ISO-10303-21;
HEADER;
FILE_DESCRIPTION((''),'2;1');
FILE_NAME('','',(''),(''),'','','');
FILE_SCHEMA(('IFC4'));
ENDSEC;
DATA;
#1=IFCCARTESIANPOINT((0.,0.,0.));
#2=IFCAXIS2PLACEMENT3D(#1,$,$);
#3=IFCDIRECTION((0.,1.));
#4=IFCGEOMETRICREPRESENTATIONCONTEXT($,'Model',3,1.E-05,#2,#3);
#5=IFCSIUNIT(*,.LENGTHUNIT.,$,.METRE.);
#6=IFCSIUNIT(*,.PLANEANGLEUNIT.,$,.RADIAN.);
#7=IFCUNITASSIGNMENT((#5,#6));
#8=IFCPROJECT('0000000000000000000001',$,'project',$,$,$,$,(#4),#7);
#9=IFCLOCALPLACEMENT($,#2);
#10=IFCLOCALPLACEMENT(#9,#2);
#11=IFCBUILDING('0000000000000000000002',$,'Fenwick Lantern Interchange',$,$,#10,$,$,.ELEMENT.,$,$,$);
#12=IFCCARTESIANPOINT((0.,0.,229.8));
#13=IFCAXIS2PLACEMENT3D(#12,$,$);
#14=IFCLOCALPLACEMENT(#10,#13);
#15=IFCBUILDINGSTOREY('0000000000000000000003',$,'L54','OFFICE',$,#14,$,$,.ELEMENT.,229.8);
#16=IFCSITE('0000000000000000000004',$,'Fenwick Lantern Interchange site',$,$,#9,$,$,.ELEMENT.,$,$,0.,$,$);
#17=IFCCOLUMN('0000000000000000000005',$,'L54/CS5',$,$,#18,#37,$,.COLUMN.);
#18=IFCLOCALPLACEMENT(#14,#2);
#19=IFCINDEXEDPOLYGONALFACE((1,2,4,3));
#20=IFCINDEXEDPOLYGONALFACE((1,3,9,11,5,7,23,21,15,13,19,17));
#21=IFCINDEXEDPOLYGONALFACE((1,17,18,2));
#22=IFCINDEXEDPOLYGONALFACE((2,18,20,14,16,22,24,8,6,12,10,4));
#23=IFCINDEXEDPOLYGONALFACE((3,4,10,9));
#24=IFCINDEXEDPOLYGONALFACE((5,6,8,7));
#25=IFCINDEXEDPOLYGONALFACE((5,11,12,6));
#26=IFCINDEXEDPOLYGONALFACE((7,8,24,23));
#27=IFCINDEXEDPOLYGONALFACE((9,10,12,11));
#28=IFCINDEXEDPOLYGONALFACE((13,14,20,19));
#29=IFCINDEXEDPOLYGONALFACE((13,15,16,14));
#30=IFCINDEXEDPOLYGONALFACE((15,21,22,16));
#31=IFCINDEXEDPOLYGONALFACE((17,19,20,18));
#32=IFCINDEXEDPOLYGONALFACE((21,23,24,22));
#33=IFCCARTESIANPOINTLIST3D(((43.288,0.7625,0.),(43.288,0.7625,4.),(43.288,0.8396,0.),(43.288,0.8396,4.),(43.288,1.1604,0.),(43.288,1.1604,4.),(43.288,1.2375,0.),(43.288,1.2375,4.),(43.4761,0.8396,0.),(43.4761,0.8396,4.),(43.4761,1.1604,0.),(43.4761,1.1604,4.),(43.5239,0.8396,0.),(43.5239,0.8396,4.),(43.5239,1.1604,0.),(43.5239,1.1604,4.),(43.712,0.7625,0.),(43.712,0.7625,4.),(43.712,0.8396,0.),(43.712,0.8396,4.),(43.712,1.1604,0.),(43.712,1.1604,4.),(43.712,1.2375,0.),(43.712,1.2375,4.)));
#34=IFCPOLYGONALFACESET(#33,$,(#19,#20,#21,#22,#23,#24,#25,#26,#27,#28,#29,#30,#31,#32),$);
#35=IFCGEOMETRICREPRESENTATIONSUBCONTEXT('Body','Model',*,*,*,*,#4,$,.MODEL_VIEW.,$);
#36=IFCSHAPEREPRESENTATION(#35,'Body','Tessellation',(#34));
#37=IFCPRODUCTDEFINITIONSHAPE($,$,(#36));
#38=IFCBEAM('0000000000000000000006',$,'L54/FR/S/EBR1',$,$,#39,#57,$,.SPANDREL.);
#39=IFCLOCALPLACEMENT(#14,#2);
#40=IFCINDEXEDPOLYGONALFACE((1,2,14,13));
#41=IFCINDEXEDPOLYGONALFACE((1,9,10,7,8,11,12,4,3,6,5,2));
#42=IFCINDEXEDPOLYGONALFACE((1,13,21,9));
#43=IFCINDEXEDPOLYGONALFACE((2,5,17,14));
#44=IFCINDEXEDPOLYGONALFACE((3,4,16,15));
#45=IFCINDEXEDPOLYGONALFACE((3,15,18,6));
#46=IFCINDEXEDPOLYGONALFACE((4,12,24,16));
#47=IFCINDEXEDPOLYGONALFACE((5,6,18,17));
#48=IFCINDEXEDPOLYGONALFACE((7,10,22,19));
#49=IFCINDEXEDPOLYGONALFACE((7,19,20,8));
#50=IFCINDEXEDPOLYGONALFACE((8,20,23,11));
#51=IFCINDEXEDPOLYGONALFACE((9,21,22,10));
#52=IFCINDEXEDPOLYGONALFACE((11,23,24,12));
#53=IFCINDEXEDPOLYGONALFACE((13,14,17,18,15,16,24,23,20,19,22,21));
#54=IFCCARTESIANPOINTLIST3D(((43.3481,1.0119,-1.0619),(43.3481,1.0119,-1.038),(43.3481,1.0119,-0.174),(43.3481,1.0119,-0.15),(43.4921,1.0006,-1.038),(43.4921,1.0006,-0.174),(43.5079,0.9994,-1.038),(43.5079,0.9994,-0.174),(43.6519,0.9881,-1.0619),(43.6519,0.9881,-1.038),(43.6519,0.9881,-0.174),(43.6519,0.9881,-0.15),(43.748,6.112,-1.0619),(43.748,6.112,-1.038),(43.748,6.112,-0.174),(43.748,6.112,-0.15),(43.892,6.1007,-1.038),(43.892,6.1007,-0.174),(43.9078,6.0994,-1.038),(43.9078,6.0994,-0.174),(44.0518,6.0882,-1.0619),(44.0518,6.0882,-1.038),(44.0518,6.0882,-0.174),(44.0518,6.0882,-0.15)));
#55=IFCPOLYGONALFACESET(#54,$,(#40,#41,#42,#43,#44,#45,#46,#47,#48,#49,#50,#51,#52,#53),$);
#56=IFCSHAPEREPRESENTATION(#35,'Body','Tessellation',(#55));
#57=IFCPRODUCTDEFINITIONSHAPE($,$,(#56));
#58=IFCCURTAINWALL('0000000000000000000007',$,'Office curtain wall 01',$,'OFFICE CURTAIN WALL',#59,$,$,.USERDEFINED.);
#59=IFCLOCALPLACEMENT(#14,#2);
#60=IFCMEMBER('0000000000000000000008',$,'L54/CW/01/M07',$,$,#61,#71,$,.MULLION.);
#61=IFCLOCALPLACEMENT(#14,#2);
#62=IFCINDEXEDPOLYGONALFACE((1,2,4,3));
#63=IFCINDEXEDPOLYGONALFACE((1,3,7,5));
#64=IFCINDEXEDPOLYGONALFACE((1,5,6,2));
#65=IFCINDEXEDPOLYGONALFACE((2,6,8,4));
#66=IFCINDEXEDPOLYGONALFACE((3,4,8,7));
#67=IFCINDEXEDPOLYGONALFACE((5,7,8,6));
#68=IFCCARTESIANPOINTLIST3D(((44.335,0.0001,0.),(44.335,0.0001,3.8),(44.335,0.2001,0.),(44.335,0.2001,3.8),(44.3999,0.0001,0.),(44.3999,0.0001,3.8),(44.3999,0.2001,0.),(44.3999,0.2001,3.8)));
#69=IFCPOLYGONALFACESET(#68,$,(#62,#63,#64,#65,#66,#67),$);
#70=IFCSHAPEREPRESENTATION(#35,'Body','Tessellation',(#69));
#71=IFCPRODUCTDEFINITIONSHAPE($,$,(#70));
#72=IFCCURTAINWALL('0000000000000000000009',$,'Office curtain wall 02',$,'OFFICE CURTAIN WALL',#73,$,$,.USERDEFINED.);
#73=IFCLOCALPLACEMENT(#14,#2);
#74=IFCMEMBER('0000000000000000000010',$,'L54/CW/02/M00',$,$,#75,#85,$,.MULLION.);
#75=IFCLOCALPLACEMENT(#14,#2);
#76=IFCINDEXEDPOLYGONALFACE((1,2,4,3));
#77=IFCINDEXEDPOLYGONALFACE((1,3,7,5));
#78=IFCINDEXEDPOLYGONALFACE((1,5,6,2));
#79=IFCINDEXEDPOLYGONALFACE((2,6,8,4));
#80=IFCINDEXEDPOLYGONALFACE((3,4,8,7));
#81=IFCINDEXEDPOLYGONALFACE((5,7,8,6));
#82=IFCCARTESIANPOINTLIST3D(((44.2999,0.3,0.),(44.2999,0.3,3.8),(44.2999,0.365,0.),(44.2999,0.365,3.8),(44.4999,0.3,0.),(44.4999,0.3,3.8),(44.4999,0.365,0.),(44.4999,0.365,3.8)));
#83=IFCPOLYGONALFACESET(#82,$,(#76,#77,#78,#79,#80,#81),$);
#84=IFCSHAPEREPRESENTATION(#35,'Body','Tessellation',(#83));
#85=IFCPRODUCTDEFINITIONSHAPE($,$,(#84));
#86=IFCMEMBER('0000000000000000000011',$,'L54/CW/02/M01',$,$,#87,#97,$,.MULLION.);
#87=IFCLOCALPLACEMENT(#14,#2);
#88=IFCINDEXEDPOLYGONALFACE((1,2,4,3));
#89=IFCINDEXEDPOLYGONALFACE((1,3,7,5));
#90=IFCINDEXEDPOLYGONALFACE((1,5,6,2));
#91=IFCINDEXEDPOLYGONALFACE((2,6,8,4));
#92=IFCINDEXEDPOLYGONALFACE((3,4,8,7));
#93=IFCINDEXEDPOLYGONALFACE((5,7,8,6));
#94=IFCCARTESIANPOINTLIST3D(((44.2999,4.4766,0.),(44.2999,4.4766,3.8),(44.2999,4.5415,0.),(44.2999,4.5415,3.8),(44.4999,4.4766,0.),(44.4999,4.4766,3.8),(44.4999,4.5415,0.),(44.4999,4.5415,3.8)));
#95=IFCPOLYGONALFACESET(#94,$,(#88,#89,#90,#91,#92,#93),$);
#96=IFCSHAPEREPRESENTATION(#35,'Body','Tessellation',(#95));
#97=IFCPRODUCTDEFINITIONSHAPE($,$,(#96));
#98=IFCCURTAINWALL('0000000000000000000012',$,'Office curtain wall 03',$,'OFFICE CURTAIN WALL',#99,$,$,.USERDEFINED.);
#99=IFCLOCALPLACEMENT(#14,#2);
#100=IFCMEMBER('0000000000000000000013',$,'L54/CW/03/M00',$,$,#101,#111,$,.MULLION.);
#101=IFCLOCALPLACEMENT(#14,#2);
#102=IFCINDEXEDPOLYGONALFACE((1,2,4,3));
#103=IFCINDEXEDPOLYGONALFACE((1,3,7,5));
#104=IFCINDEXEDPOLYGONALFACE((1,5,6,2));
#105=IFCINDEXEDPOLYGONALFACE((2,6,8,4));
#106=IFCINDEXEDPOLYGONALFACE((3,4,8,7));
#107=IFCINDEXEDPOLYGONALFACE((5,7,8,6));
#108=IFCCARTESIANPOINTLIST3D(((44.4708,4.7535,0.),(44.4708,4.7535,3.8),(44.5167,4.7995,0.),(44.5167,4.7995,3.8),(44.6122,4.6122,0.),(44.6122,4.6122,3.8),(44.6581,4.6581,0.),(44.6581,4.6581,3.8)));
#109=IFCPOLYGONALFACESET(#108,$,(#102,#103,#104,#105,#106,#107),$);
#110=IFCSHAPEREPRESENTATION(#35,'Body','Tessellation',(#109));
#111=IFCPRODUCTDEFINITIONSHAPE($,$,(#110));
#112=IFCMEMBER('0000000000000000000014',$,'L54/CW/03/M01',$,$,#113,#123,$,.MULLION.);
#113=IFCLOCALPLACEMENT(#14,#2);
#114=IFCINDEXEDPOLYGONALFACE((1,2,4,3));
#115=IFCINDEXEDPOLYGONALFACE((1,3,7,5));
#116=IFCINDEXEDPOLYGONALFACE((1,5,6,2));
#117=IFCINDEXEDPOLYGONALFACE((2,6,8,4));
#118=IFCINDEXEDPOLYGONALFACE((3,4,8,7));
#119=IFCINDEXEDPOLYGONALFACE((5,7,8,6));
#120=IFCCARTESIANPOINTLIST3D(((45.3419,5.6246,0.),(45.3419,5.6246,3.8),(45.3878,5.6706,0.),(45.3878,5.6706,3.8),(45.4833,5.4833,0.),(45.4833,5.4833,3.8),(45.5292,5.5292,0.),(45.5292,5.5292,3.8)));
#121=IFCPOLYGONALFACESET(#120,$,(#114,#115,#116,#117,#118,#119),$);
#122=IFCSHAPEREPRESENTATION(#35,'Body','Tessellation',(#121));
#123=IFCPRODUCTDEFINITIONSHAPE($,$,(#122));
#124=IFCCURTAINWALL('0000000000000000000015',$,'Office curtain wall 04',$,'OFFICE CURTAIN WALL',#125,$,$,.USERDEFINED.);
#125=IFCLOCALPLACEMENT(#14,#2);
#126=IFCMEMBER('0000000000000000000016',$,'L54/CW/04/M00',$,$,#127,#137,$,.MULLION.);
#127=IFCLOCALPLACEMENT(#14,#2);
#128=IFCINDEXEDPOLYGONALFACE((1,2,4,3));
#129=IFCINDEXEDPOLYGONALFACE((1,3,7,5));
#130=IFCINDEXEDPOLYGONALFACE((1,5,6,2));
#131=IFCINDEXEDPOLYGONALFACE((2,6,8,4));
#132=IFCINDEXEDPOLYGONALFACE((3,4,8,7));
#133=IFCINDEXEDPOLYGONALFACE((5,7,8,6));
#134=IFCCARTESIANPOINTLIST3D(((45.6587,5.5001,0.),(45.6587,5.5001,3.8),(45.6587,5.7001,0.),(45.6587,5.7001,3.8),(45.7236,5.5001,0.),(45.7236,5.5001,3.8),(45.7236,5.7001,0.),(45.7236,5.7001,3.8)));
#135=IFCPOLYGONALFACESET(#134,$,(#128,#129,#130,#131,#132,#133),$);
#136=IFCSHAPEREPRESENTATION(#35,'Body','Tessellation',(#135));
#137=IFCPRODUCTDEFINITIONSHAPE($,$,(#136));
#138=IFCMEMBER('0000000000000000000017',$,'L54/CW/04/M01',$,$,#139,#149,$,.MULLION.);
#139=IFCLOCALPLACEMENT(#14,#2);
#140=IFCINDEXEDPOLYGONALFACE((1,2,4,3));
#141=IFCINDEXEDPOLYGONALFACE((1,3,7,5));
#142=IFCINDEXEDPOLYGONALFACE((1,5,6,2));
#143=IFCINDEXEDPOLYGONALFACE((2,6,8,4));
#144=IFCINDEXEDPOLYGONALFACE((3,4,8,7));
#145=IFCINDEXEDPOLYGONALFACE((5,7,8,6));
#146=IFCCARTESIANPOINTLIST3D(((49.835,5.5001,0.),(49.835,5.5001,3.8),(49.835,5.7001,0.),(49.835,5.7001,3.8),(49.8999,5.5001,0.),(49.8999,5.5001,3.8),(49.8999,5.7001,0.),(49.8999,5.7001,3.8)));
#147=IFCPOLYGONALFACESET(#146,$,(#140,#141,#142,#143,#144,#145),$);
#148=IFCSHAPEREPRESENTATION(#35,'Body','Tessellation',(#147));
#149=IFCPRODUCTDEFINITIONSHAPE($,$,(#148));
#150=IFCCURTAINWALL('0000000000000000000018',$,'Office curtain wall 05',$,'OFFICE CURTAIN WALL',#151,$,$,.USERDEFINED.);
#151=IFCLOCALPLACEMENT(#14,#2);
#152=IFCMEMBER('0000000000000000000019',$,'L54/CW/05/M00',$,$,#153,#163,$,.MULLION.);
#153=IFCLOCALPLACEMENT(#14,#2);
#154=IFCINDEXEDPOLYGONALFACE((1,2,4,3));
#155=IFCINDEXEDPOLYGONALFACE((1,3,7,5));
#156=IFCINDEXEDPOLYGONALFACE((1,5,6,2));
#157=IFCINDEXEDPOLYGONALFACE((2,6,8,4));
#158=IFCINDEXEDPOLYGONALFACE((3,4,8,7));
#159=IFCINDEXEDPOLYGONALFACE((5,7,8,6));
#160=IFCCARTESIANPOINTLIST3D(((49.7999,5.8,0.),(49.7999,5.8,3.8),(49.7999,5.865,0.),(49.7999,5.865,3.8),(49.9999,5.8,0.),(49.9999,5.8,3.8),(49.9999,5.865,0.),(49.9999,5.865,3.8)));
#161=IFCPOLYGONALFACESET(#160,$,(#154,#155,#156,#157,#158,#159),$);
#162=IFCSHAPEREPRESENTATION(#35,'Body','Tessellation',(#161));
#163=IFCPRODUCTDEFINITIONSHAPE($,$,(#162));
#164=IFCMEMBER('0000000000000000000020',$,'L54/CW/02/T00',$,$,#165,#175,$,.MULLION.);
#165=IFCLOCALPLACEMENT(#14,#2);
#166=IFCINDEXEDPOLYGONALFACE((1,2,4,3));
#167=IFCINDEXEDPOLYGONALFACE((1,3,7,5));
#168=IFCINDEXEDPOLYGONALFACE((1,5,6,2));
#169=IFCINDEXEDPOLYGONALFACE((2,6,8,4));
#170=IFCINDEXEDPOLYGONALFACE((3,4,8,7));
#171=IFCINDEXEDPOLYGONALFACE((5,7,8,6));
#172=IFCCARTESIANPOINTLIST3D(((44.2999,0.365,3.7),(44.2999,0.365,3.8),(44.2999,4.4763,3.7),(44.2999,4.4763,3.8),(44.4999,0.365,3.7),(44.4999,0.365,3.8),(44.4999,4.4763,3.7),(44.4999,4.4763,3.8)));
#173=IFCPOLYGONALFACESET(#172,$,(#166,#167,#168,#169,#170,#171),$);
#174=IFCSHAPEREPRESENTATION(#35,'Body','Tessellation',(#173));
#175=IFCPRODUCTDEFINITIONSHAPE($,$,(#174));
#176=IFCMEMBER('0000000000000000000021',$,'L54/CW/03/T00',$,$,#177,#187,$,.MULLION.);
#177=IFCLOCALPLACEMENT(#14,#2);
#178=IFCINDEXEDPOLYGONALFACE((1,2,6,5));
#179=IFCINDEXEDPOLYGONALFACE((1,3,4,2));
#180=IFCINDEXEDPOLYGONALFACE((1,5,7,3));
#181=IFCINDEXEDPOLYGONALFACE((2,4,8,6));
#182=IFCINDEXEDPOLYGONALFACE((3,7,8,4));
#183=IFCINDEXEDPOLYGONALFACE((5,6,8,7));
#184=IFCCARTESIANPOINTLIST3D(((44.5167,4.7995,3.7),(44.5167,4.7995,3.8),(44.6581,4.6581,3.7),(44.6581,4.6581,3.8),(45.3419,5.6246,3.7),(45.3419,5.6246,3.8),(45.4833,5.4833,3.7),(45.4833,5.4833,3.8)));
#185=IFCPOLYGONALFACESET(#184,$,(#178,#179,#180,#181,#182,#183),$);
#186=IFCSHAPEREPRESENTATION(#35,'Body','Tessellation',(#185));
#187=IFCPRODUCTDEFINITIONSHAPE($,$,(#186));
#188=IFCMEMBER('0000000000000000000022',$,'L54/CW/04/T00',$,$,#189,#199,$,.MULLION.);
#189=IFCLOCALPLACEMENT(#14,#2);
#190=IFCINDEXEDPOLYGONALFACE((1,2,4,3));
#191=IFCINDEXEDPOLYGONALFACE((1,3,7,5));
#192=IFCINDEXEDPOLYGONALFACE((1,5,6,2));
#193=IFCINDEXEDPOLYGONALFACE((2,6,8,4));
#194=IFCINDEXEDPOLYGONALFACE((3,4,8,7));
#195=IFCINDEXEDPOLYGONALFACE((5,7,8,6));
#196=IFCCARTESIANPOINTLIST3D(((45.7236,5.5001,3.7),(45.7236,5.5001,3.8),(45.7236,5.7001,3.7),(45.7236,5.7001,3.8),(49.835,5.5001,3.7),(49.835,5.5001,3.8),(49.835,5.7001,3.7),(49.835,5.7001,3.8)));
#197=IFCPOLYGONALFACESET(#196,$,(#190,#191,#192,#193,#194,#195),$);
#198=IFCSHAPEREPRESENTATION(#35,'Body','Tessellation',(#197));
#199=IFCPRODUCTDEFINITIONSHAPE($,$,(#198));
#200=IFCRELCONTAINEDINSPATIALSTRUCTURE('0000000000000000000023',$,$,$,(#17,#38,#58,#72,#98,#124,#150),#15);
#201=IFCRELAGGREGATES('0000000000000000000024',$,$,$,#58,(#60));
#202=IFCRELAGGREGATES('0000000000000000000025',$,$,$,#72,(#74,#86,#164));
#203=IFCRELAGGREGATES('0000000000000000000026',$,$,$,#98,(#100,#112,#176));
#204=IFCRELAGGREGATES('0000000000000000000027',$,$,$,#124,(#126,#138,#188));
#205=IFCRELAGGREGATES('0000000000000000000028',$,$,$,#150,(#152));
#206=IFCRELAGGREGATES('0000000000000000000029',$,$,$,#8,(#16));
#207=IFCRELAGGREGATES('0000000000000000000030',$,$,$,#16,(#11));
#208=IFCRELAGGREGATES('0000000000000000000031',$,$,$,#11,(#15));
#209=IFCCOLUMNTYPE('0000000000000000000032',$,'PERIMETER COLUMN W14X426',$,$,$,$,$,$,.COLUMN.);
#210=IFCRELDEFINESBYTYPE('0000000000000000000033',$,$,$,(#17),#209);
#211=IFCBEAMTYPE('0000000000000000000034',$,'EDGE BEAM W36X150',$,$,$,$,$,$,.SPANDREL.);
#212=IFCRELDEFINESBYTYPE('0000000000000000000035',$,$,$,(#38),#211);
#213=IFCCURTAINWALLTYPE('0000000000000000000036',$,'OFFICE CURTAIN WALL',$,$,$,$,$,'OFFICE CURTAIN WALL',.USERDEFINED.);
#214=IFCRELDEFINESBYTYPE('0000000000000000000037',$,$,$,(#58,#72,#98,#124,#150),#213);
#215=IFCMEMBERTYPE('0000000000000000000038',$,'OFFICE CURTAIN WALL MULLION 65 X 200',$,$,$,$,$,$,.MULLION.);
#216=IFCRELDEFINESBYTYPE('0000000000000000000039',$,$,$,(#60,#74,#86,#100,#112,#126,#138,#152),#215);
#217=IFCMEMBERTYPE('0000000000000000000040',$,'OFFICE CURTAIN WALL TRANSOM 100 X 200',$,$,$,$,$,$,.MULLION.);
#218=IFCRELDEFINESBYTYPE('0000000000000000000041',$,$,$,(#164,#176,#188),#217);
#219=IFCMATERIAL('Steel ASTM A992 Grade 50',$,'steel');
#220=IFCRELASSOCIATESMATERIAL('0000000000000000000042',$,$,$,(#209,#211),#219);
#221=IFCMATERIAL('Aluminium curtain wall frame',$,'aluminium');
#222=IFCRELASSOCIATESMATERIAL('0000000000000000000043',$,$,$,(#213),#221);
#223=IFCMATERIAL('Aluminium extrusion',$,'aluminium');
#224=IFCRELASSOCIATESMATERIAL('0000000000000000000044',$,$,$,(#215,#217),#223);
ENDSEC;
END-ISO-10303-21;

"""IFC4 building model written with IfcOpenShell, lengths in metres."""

from ifc_helpers import new_model, si_unit, direction, frame, origin, origin_2d, place, context, subcontext, project, spatial, rectangle, i_section, extrude, material, material_profile, profile_set, type_object, element, aggregate, save


model = new_model("IFC4")

# Units and contexts
model_context = context("Model", 3, precision=1e-05, world=origin(), true_north=direction((0.0, 1.0)))
body_context = subcontext(model_context, "Body", "Model", "MODEL_VIEW")
ifc_project = project(units=[si_unit("LENGTHUNIT", "METRE"), si_unit("PLANEANGLEUNIT", "RADIAN")], contexts=[model_context])

# Site, building, storey
site_placement = place(None, origin())
site = spatial("IfcSite", under=ifc_project, at=site_placement, Name="Fenwick Lantern Interchange site", CompositionType="ELEMENT", RefElevation=0.0)
building_placement = place(site_placement, origin())
building = spatial("IfcBuilding", under=site, at=building_placement, Name="Fenwick Lantern Interchange", CompositionType="ELEMENT")
storey_placement = place(building_placement, frame((0.0, 0.0, 229.8)))
storey = spatial("IfcBuildingStorey", under=building, at=storey_placement, Name="L54", Description="OFFICE", CompositionType="ELEMENT", Elevation=229.8)

# Column
ifc_material_1 = material(Name="Steel ASTM A992 Grade 50", Category="steel")
ifc_material_profile_1 = material_profile(ifc_material_1, i_section(OverallWidth=0.4241, OverallDepth=0.4751, WebThickness=0.0479, FlangeThickness=0.0771, at=origin_2d()), Name="W14X426")
ifc_profile_set_1 = profile_set([ifc_material_profile_1], Name="Steel ASTM A992 Grade 50")
column_type = type_object("IfcColumnType", Name="PERIMETER COLUMN W14X426", PredefinedType="COLUMN", material=ifc_profile_set_1)
column_placement = place(storey_placement, frame((43.5, 1.0, 0.0), z_axis=(0.0, 0.0, 1.0), x_axis=(1.0, 0.0, 0.0)))
element("IfcColumn", 1, at=column_placement, inside=storey, type_object=column_type, Name="L54/CS5", PredefinedType="COLUMN", context=body_context, shape_type="SweptSolid", body=[
    extrude(i_section(OverallWidth=0.4241, OverallDepth=0.4751, WebThickness=0.0479, FlangeThickness=0.0771, at=origin_2d()), origin(), (0.0, 0.0, 1.0), 4.0),
])

# Beam
ifc_material_profile_2 = material_profile(ifc_material_1, i_section(OverallWidth=0.3047, OverallDepth=0.9119, WebThickness=0.0159, FlangeThickness=0.0239, at=origin_2d()), Name="W36X150")
ifc_profile_set_2 = profile_set([ifc_material_profile_2], Name="Steel ASTM A992 Grade 50")
beam_type = type_object("IfcBeamType", Name="EDGE BEAM W36X150", PredefinedType="SPANDREL", material=ifc_profile_set_2)
beam_placement = place(storey_placement, frame((43.5, 1.0, -0.606), z_axis=(0.078171, 0.99694, 0.0), x_axis=(-0.99694, 0.078171, 0.0)))
element("IfcBeam", 2, at=beam_placement, inside=storey, type_object=beam_type, Name="L54/FR/S/EBR1", PredefinedType="SPANDREL", context=body_context, shape_type="SweptSolid", body=[
    extrude(i_section(OverallWidth=0.3047, OverallDepth=0.9119, WebThickness=0.0159, FlangeThickness=0.0239, at=origin_2d()), origin(), (0.0, 0.0, 1.0), 5.1157),
])

# Curtain wall, member
ifc_material_2 = material(Name="Aluminium curtain wall frame", Category="aluminium")
curtain_wall_type = type_object("IfcCurtainWallType", Name="OFFICE CURTAIN WALL", ElementType="OFFICE CURTAIN WALL", PredefinedType="USERDEFINED", material=ifc_material_2)
curtain_wall_1_placement = place(storey_placement, origin())
curtain_wall_1 = element("IfcCurtainWall", 3, at=curtain_wall_1_placement, inside=storey, type_object=curtain_wall_type, Name="Office curtain wall 01", ObjectType="OFFICE CURTAIN WALL", PredefinedType="USERDEFINED")
ifc_material_3 = material(Name="Aluminium extrusion", Category="aluminium")
ifc_material_profile_3 = material_profile(ifc_material_3, rectangle(XDim=0.2, YDim=0.0649, at=origin_2d()), Name="OFFICE CURTAIN WALL MULLION 65 X 200")
ifc_profile_set_3 = profile_set([ifc_material_profile_3], Name="Aluminium extrusion")
member_type_1 = type_object("IfcMemberType", Name="OFFICE CURTAIN WALL MULLION 65 X 200", PredefinedType="MULLION", material=ifc_profile_set_3)
member_1_placement = place(storey_placement, frame((44.3674, 0.1001, 0.0), z_axis=(0.0, 0.0, 1.0), x_axis=(0.0, 1.0, 0.0)))
member_1 = element("IfcMember", 4, at=member_1_placement, type_object=member_type_1, Name="L54/CW/01/M07", PredefinedType="MULLION", context=body_context, shape_type="SweptSolid", body=[
    extrude(rectangle(XDim=0.2, YDim=0.0649, at=origin_2d()), origin(), (0.0, 0.0, 1.0), 3.8),
])
aggregate(curtain_wall_1, [member_1])

# Curtain walls, members
curtain_wall_2_placement = place(storey_placement, origin())
curtain_wall_2 = element("IfcCurtainWall", 5, at=curtain_wall_2_placement, inside=storey, type_object=curtain_wall_type, Name="Office curtain wall 02", ObjectType="OFFICE CURTAIN WALL", PredefinedType="USERDEFINED")
member_2_placement = place(storey_placement, frame((44.3999, 0.3325, 0.0), z_axis=(0.0, 0.0, 1.0), x_axis=(-1.0, 0.0, 0.0)))
member_2 = element("IfcMember", 6, at=member_2_placement, type_object=member_type_1, Name="L54/CW/02/M00", PredefinedType="MULLION", context=body_context, shape_type="SweptSolid", body=[
    extrude(rectangle(XDim=0.2, YDim=0.0649, at=origin_2d()), origin(), (0.0, 0.0, 1.0), 3.8),
])
member_3_placement = place(storey_placement, frame((44.3999, 4.509, 0.0), z_axis=(0.0, 0.0, 1.0), x_axis=(-1.0, 0.0, 0.0)))
member_3 = element("IfcMember", 7, at=member_3_placement, type_object=member_type_1, Name="L54/CW/02/M01", PredefinedType="MULLION", context=body_context, shape_type="SweptSolid", body=[
    extrude(rectangle(XDim=0.2, YDim=0.0649, at=origin_2d()), origin(), (0.0, 0.0, 1.0), 3.8),
])
curtain_wall_3_placement = place(storey_placement, origin())
curtain_wall_3 = element("IfcCurtainWall", 8, at=curtain_wall_3_placement, inside=storey, type_object=curtain_wall_type, Name="Office curtain wall 03", ObjectType="OFFICE CURTAIN WALL", PredefinedType="USERDEFINED")
member_4_placement = place(storey_placement, frame((44.5645, 4.7058, 0.0), z_axis=(0.0, 0.0, 1.0), x_axis=(-0.707107, 0.707107, 0.0)))
member_4 = element("IfcMember", 9, at=member_4_placement, type_object=member_type_1, Name="L54/CW/03/M00", PredefinedType="MULLION", context=body_context, shape_type="SweptSolid", body=[
    extrude(rectangle(XDim=0.2, YDim=0.0649, at=origin_2d()), origin(), (0.0, 0.0, 1.0), 3.8),
])
member_5_placement = place(storey_placement, frame((45.4355, 5.5769, 0.0), z_axis=(0.0, 0.0, 1.0), x_axis=(-0.707107, 0.707107, 0.0)))
member_5 = element("IfcMember", 10, at=member_5_placement, type_object=member_type_1, Name="L54/CW/03/M01", PredefinedType="MULLION", context=body_context, shape_type="SweptSolid", body=[
    extrude(rectangle(XDim=0.2, YDim=0.0649, at=origin_2d()), origin(), (0.0, 0.0, 1.0), 3.8),
])
curtain_wall_4_placement = place(storey_placement, origin())
curtain_wall_4 = element("IfcCurtainWall", 11, at=curtain_wall_4_placement, inside=storey, type_object=curtain_wall_type, Name="Office curtain wall 04", ObjectType="OFFICE CURTAIN WALL", PredefinedType="USERDEFINED")
member_6_placement = place(storey_placement, frame((45.6912, 5.6001, 0.0), z_axis=(0.0, 0.0, 1.0), x_axis=(0.0, 1.0, 0.0)))
member_6 = element("IfcMember", 12, at=member_6_placement, type_object=member_type_1, Name="L54/CW/04/M00", PredefinedType="MULLION", context=body_context, shape_type="SweptSolid", body=[
    extrude(rectangle(XDim=0.2, YDim=0.0649, at=origin_2d()), origin(), (0.0, 0.0, 1.0), 3.8),
])
member_7_placement = place(storey_placement, frame((49.8674, 5.6001, 0.0), z_axis=(0.0, 0.0, 1.0), x_axis=(0.0, 1.0, 0.0)))
member_7 = element("IfcMember", 13, at=member_7_placement, type_object=member_type_1, Name="L54/CW/04/M01", PredefinedType="MULLION", context=body_context, shape_type="SweptSolid", body=[
    extrude(rectangle(XDim=0.2, YDim=0.0649, at=origin_2d()), origin(), (0.0, 0.0, 1.0), 3.8),
])

# Curtain wall, member
curtain_wall_5_placement = place(storey_placement, origin())
curtain_wall_5 = element("IfcCurtainWall", 14, at=curtain_wall_5_placement, inside=storey, type_object=curtain_wall_type, Name="Office curtain wall 05", ObjectType="OFFICE CURTAIN WALL", PredefinedType="USERDEFINED")
member_8_placement = place(storey_placement, frame((49.8999, 5.8325, 0.0), z_axis=(0.0, 0.0, 1.0), x_axis=(-1.0, 0.0, 0.0)))
member_8 = element("IfcMember", 15, at=member_8_placement, type_object=member_type_1, Name="L54/CW/05/M00", PredefinedType="MULLION", context=body_context, shape_type="SweptSolid", body=[
    extrude(rectangle(XDim=0.2, YDim=0.0649, at=origin_2d()), origin(), (0.0, 0.0, 1.0), 3.8),
])

# Members
ifc_material_profile_4 = material_profile(ifc_material_3, rectangle(XDim=0.2, YDim=0.1001, at=origin_2d()), Name="OFFICE CURTAIN WALL TRANSOM 100 X 200")
ifc_profile_set_4 = profile_set([ifc_material_profile_4], Name="Aluminium extrusion")
member_type_2 = type_object("IfcMemberType", Name="OFFICE CURTAIN WALL TRANSOM 100 X 200", PredefinedType="MULLION", material=ifc_profile_set_4)
member_9_placement = place(storey_placement, frame((44.3999, 0.365, 3.75), z_axis=(0.0, 1.0, 0.0), x_axis=(-1.0, 0.0, 0.0)))
member_9 = element("IfcMember", 16, at=member_9_placement, type_object=member_type_2, Name="L54/CW/02/T00", PredefinedType="MULLION", context=body_context, shape_type="SweptSolid", body=[
    extrude(rectangle(XDim=0.2, YDim=0.1001, at=origin_2d()), origin(), (0.0, 0.0, 1.0), 4.1113),
])
member_10_placement = place(storey_placement, frame((44.5874, 4.7288, 3.75), z_axis=(0.707107, 0.707107, 0.0), x_axis=(-0.707107, 0.707107, 0.0)))
member_10 = element("IfcMember", 17, at=member_10_placement, type_object=member_type_2, Name="L54/CW/03/T00", PredefinedType="MULLION", context=body_context, shape_type="SweptSolid", body=[
    extrude(rectangle(XDim=0.2, YDim=0.1001, at=origin_2d()), origin(), (0.0, 0.0, 1.0), 1.167),
])
member_11_placement = place(storey_placement, frame((45.7236, 5.6001, 3.75), z_axis=(1.0, 0.0, 0.0), x_axis=(0.0, 1.0, 0.0)))
member_11 = element("IfcMember", 18, at=member_11_placement, type_object=member_type_2, Name="L54/CW/04/T00", PredefinedType="MULLION", context=body_context, shape_type="SweptSolid", body=[
    extrude(rectangle(XDim=0.2, YDim=0.1001, at=origin_2d()), origin(), (0.0, 0.0, 1.0), 4.1113),
])

aggregate(curtain_wall_2, [member_2, member_3, member_9])
aggregate(curtain_wall_3, [member_4, member_5, member_10])
aggregate(curtain_wall_4, [member_6, member_7, member_11])
aggregate(curtain_wall_5, [member_8])

save(model, "model.ifc")
